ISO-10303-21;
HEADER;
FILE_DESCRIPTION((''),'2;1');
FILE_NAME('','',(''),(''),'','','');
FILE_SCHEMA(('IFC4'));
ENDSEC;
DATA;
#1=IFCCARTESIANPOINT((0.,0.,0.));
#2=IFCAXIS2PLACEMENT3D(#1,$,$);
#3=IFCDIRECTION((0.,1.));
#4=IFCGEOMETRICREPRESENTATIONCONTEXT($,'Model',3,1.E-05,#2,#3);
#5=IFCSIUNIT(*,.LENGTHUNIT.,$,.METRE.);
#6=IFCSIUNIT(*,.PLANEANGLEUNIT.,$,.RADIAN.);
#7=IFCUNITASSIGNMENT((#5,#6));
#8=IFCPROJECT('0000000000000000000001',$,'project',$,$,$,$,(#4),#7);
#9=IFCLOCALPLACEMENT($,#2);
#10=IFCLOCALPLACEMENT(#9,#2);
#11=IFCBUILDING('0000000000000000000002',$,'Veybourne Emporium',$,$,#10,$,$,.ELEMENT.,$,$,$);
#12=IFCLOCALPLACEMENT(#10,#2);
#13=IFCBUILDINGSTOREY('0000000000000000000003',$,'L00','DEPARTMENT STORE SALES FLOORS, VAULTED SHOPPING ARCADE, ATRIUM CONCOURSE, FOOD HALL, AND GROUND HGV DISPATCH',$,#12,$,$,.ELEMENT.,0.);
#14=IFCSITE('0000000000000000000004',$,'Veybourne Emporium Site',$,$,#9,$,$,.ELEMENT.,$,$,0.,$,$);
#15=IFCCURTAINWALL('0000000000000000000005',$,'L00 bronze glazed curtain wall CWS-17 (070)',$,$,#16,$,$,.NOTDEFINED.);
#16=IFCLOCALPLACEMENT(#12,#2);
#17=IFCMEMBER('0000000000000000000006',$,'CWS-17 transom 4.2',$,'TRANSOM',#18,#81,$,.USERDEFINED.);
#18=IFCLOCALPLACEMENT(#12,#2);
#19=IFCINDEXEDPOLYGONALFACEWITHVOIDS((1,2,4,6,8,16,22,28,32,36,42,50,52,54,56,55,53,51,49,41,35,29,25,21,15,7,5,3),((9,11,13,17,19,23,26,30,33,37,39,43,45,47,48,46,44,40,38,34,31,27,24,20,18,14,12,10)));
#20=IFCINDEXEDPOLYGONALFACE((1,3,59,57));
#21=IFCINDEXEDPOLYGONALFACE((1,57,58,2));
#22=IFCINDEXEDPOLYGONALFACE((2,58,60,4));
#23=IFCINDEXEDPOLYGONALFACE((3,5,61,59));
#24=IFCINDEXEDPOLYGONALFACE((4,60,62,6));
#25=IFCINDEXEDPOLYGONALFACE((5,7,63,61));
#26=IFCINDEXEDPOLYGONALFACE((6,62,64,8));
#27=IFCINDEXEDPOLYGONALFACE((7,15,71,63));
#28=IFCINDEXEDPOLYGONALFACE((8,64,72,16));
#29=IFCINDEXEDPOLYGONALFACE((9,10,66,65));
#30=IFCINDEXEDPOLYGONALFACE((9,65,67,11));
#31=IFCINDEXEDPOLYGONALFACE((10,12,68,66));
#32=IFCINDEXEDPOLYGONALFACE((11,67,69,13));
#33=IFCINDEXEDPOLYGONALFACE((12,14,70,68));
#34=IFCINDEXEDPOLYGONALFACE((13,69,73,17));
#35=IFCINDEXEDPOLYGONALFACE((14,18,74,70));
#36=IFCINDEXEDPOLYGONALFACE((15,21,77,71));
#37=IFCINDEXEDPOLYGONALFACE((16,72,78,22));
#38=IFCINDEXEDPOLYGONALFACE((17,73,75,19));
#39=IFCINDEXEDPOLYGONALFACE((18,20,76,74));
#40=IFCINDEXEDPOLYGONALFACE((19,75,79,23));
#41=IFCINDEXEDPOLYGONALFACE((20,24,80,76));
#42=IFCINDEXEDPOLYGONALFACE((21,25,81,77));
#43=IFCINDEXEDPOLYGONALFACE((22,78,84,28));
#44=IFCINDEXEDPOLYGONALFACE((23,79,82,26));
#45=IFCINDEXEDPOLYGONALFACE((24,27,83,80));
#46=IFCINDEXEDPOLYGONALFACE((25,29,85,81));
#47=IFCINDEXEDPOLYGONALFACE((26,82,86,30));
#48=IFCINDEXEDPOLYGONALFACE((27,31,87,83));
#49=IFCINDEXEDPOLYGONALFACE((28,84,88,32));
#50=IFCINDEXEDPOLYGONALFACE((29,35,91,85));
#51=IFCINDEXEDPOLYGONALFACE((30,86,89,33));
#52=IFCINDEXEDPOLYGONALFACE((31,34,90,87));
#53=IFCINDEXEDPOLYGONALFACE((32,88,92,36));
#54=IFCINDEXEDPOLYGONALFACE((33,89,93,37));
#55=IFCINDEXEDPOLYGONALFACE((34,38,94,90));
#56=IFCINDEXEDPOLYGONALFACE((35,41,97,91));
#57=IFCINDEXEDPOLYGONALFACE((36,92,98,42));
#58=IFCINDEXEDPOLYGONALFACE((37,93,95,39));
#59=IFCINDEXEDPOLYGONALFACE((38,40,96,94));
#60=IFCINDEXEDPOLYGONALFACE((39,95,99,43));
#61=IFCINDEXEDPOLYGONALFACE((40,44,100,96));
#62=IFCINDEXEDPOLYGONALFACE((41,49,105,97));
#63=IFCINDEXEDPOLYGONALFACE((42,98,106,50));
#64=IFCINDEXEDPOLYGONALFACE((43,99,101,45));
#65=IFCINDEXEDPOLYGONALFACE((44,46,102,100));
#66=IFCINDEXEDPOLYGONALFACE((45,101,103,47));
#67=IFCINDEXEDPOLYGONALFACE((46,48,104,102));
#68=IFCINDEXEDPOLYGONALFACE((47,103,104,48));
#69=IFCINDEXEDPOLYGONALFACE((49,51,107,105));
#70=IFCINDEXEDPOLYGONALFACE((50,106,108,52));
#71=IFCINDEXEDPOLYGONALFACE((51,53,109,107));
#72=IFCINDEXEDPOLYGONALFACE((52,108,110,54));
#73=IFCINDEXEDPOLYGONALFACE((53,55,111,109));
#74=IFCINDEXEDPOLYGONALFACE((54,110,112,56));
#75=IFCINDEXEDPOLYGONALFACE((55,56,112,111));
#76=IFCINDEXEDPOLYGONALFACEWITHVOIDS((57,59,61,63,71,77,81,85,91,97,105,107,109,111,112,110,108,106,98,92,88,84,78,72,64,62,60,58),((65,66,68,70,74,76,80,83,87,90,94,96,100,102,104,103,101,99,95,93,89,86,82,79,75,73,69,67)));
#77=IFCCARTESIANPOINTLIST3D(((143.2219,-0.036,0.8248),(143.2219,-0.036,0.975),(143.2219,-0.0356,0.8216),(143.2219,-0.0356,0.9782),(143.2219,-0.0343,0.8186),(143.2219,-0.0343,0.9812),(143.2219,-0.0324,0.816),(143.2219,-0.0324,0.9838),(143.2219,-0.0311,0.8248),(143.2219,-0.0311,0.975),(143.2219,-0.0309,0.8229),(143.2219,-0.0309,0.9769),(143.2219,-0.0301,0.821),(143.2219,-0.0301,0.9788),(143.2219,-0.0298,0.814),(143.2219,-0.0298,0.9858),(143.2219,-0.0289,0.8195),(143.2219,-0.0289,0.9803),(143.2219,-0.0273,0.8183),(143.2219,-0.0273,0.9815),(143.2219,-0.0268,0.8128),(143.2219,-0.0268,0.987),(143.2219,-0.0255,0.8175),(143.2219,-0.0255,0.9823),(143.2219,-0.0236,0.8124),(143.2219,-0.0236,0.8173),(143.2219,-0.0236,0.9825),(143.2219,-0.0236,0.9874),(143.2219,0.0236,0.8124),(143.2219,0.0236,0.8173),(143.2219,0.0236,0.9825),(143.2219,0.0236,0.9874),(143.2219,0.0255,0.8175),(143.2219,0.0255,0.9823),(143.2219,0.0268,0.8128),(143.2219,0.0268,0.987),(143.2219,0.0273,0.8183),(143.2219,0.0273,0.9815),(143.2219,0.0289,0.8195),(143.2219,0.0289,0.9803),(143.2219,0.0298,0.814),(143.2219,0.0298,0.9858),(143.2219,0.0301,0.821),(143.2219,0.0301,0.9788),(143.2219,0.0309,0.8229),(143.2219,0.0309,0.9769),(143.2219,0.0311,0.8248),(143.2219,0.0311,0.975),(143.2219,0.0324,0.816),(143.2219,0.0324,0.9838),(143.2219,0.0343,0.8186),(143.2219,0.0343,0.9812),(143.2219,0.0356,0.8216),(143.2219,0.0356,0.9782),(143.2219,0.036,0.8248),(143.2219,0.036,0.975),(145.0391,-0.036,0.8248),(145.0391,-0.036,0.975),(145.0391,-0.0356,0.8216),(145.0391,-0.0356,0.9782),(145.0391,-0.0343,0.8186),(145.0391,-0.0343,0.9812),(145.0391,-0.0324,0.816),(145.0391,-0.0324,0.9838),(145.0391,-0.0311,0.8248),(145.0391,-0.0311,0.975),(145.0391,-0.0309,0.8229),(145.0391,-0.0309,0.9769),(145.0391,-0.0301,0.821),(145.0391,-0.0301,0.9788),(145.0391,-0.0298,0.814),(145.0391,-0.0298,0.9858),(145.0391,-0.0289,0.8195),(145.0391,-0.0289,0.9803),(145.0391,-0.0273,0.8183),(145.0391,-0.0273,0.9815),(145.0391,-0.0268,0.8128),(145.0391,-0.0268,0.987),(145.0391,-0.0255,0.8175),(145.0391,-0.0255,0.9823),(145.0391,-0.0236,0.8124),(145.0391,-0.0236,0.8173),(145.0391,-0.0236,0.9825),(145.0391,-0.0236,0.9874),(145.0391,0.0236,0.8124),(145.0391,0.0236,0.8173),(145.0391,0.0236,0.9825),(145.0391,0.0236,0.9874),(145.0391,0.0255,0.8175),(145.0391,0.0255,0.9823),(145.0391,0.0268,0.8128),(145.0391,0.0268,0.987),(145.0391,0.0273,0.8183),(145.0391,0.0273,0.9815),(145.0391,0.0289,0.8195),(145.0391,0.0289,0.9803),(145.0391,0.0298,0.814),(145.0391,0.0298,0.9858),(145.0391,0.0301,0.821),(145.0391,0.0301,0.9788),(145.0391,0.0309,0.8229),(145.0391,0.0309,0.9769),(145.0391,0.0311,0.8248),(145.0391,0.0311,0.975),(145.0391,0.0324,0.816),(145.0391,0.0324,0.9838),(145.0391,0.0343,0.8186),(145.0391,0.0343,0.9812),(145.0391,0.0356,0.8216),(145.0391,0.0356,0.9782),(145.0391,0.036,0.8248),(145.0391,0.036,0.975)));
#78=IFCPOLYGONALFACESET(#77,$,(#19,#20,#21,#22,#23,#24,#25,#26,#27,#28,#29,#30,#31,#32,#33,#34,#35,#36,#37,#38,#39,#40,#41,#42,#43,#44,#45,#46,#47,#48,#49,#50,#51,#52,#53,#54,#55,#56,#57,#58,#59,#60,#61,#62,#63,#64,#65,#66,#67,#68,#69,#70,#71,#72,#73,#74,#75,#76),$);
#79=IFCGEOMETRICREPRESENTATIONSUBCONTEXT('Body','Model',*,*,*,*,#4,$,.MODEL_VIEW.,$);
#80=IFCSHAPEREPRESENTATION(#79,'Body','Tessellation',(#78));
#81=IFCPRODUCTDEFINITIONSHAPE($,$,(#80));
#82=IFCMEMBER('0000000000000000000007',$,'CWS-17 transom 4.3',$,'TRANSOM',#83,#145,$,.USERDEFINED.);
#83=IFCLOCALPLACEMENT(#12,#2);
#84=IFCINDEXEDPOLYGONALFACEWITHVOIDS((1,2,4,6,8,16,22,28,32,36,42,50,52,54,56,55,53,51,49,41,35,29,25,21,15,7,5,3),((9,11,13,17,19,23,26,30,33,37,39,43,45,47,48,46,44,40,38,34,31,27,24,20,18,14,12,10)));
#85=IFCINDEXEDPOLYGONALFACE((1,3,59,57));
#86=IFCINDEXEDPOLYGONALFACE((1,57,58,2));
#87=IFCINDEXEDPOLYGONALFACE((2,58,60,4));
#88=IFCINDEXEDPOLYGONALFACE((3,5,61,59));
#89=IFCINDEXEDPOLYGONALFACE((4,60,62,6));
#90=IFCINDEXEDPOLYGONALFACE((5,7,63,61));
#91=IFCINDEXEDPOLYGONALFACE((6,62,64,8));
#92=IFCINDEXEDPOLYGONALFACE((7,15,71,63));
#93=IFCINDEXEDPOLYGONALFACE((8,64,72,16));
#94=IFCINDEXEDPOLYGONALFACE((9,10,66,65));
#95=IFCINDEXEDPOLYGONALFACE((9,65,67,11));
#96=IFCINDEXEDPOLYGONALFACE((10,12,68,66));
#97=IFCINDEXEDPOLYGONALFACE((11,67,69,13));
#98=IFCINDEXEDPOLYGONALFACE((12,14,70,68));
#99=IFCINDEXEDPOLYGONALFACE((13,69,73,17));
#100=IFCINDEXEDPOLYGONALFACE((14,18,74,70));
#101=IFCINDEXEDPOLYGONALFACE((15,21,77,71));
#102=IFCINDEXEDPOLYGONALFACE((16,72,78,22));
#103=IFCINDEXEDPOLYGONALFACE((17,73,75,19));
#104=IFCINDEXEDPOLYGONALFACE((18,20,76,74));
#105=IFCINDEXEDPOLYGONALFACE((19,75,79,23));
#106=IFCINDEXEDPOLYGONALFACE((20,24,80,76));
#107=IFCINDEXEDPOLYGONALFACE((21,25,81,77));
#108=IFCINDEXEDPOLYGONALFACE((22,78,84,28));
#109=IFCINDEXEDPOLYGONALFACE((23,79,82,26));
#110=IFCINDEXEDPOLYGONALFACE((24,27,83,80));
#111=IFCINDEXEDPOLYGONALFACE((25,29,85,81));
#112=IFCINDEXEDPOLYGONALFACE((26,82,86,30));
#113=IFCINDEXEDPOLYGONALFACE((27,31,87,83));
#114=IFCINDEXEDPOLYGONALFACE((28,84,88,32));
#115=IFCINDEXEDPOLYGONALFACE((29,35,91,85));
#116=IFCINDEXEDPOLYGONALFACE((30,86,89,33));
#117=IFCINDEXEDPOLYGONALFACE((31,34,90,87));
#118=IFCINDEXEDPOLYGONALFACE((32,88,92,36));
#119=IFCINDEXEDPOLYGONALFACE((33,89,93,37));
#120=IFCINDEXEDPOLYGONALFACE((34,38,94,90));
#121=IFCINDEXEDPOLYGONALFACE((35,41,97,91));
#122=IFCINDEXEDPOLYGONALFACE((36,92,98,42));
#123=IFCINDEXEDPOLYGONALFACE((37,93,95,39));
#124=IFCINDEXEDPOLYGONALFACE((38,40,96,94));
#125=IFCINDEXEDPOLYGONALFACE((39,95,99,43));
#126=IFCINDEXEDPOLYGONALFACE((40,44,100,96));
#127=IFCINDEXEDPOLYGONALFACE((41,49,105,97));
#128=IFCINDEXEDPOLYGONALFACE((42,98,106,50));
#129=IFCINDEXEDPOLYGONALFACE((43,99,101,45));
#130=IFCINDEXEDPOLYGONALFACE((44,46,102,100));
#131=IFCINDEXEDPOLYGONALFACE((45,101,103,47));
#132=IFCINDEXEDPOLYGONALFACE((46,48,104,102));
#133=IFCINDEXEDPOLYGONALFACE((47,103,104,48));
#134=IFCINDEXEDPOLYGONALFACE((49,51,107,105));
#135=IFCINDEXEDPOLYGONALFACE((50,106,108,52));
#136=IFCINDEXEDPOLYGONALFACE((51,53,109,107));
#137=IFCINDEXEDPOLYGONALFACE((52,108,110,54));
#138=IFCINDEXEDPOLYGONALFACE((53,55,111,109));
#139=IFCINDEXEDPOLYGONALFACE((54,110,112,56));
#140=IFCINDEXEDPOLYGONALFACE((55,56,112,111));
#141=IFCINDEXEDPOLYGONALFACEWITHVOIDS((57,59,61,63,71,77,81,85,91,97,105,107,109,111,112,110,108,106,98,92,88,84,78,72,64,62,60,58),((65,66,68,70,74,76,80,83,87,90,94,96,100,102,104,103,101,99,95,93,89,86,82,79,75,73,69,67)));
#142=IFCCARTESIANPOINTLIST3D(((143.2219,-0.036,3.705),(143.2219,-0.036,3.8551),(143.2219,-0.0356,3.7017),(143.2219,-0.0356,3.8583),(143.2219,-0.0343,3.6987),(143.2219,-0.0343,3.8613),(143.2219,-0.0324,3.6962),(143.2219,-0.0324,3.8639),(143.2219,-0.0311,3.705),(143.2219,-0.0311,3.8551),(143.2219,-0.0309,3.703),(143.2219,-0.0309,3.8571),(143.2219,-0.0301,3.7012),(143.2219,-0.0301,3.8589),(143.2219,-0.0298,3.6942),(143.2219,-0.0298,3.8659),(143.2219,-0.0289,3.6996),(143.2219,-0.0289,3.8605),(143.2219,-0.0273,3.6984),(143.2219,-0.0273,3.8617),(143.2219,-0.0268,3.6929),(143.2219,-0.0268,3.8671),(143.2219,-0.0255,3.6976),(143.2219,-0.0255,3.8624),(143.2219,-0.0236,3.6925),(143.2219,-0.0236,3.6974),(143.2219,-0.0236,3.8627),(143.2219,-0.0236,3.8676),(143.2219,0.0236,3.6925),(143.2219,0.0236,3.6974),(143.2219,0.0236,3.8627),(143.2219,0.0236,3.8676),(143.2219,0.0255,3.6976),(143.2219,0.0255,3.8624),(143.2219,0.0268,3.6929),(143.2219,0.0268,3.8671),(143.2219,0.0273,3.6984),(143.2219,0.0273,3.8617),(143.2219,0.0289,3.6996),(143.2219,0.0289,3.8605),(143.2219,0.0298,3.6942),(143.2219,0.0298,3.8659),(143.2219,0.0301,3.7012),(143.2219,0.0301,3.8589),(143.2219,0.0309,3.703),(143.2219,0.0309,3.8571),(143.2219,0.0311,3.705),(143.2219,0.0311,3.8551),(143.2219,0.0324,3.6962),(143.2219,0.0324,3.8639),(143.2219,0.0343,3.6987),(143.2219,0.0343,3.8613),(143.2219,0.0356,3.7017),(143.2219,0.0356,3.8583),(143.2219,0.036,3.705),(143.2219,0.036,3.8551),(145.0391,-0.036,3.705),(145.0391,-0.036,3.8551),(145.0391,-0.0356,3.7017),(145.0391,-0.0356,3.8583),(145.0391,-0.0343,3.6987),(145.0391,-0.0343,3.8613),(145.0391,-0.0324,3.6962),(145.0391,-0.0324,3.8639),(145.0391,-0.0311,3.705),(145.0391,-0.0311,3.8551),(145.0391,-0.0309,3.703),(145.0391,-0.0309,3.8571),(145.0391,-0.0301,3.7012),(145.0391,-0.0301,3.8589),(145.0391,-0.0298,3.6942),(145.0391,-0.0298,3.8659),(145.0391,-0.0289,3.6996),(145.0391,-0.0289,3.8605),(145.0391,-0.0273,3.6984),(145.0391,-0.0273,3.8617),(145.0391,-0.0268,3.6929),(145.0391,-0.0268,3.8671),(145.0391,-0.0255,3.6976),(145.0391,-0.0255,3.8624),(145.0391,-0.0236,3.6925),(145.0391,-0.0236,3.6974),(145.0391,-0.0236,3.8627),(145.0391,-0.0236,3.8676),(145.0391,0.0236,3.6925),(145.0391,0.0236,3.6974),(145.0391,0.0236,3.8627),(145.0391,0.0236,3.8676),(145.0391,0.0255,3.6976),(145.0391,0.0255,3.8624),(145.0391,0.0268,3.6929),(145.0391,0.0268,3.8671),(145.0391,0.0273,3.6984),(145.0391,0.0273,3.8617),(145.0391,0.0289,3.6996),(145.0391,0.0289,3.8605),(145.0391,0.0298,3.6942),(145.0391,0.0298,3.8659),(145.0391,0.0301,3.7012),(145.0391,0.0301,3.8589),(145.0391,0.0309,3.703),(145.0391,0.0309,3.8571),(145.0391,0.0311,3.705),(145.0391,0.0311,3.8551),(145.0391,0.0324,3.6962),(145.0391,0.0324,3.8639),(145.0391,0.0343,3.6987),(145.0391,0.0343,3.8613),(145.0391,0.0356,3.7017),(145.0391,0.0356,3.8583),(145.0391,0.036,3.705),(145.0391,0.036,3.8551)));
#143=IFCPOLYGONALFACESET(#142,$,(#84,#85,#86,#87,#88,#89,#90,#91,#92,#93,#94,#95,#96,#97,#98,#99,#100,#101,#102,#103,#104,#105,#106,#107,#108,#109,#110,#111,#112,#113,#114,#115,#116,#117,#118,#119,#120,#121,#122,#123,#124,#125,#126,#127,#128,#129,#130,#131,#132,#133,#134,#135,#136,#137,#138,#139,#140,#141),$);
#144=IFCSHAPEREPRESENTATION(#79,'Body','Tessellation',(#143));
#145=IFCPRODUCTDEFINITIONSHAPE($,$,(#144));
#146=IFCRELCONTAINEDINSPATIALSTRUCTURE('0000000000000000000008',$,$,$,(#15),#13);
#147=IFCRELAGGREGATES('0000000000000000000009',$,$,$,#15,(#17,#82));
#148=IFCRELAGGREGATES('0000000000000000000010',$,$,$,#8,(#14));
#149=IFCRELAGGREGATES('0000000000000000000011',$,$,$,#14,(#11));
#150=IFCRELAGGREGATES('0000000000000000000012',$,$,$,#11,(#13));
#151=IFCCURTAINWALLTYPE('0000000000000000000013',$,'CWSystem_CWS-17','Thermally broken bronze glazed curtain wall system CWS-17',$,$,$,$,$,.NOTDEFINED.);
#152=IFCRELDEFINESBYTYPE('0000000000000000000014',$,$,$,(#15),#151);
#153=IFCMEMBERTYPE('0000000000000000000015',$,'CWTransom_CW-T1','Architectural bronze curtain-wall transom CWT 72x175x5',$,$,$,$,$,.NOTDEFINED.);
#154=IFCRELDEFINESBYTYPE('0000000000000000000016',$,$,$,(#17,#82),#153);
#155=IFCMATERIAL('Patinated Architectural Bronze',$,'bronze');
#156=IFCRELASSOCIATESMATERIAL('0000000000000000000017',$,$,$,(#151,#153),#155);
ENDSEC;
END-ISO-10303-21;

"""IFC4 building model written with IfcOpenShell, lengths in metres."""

from ifc_helpers import new_model, si_unit, direction, frame, origin, origin_2d, place, context, subcontext, project, spatial, hollow_rectangle, extrude, material, material_profile, profile_set, type_object, element, aggregate, save


model = new_model("IFC4")

# Units and contexts
model_context = context("Model", 3, precision=1e-05, world=origin(), true_north=direction((0.0, 1.0)))
body_context = subcontext(model_context, "Body", "Model", "MODEL_VIEW")
ifc_project = project(units=[si_unit("LENGTHUNIT", "METRE"), si_unit("PLANEANGLEUNIT", "RADIAN")], contexts=[model_context])

# Site, building, storey
site_placement = place(None, origin())
site = spatial("IfcSite", under=ifc_project, at=site_placement, Name="Veybourne Emporium Site", CompositionType="ELEMENT", RefElevation=0.0)
building_placement = place(site_placement, origin())
building = spatial("IfcBuilding", under=site, at=building_placement, Name="Veybourne Emporium", CompositionType="ELEMENT")
storey_placement = place(building_placement, origin())
storey = spatial("IfcBuildingStorey", under=building, at=storey_placement, Name="L00", Description="DEPARTMENT STORE SALES FLOORS, VAULTED SHOPPING ARCADE, ATRIUM CONCOURSE, FOOD HALL, AND GROUND HGV DISPATCH", CompositionType="ELEMENT", Elevation=0.0)

# Curtain wall, members
ifc_material_1 = material(Name="Patinated Architectural Bronze", Category="bronze")
curtain_wall_type = type_object("IfcCurtainWallType", Name="CWSystem_CWS-17", Description="Thermally broken bronze glazed curtain wall system CWS-17", PredefinedType="NOTDEFINED", material=ifc_material_1)
curtain_wall_placement = place(storey_placement, origin())
curtain_wall = element("IfcCurtainWall", 1, at=curtain_wall_placement, inside=storey, type_object=curtain_wall_type, Name="L00 bronze glazed curtain wall CWS-17 (070)", PredefinedType="NOTDEFINED")
ifc_material_profile_1 = material_profile(ifc_material_1, hollow_rectangle(XDim=0.072, YDim=0.175, WallThickness=0.0049, InnerFilletRadius=0.0076, OuterFilletRadius=0.0125, at=origin_2d()), Name="CWT 72x175x5")
ifc_profile_set_1 = profile_set([ifc_material_profile_1], Name="Patinated Architectural Bronze")
member_type_1 = type_object("IfcMemberType", Name="CWTransom_CW-T1", Description="Architectural bronze curtain-wall transom CWT 72x175x5", PredefinedType="NOTDEFINED", material=ifc_profile_set_1)
member_1_placement = place(storey_placement, frame((145.0391, 0.0, 0.8999), z_axis=(-1.0, 0.0, 0.0), x_axis=(0.0, -1.0, 0.0)))
member_1 = element("IfcMember", 2, at=member_1_placement, type_object=member_type_1, Name="CWS-17 transom 4.2", ObjectType="TRANSOM", PredefinedType="USERDEFINED", context=body_context, shape_type="SweptSolid", body=[
    extrude(hollow_rectangle(XDim=0.072, YDim=0.175, WallThickness=0.0049, InnerFilletRadius=0.0076, OuterFilletRadius=0.0125, at=origin_2d()), origin(), (0.0, 0.0, 1.0), 1.8171),
])
member_2_placement = place(storey_placement, frame((145.0391, 0.0, 3.78), z_axis=(-1.0, 0.0, 0.0), x_axis=(0.0, -1.0, 0.0)))
member_2 = element("IfcMember", 3, at=member_2_placement, type_object=member_type_1, Name="CWS-17 transom 4.3", ObjectType="TRANSOM", PredefinedType="USERDEFINED", context=body_context, shape_type="SweptSolid", body=[
    extrude(hollow_rectangle(XDim=0.072, YDim=0.175, WallThickness=0.0049, InnerFilletRadius=0.0076, OuterFilletRadius=0.0125, at=origin_2d()), origin(), (0.0, 0.0, 1.0), 1.8171),
])

aggregate(curtain_wall, [member_1, member_2])

save(model, "model.ifc")
